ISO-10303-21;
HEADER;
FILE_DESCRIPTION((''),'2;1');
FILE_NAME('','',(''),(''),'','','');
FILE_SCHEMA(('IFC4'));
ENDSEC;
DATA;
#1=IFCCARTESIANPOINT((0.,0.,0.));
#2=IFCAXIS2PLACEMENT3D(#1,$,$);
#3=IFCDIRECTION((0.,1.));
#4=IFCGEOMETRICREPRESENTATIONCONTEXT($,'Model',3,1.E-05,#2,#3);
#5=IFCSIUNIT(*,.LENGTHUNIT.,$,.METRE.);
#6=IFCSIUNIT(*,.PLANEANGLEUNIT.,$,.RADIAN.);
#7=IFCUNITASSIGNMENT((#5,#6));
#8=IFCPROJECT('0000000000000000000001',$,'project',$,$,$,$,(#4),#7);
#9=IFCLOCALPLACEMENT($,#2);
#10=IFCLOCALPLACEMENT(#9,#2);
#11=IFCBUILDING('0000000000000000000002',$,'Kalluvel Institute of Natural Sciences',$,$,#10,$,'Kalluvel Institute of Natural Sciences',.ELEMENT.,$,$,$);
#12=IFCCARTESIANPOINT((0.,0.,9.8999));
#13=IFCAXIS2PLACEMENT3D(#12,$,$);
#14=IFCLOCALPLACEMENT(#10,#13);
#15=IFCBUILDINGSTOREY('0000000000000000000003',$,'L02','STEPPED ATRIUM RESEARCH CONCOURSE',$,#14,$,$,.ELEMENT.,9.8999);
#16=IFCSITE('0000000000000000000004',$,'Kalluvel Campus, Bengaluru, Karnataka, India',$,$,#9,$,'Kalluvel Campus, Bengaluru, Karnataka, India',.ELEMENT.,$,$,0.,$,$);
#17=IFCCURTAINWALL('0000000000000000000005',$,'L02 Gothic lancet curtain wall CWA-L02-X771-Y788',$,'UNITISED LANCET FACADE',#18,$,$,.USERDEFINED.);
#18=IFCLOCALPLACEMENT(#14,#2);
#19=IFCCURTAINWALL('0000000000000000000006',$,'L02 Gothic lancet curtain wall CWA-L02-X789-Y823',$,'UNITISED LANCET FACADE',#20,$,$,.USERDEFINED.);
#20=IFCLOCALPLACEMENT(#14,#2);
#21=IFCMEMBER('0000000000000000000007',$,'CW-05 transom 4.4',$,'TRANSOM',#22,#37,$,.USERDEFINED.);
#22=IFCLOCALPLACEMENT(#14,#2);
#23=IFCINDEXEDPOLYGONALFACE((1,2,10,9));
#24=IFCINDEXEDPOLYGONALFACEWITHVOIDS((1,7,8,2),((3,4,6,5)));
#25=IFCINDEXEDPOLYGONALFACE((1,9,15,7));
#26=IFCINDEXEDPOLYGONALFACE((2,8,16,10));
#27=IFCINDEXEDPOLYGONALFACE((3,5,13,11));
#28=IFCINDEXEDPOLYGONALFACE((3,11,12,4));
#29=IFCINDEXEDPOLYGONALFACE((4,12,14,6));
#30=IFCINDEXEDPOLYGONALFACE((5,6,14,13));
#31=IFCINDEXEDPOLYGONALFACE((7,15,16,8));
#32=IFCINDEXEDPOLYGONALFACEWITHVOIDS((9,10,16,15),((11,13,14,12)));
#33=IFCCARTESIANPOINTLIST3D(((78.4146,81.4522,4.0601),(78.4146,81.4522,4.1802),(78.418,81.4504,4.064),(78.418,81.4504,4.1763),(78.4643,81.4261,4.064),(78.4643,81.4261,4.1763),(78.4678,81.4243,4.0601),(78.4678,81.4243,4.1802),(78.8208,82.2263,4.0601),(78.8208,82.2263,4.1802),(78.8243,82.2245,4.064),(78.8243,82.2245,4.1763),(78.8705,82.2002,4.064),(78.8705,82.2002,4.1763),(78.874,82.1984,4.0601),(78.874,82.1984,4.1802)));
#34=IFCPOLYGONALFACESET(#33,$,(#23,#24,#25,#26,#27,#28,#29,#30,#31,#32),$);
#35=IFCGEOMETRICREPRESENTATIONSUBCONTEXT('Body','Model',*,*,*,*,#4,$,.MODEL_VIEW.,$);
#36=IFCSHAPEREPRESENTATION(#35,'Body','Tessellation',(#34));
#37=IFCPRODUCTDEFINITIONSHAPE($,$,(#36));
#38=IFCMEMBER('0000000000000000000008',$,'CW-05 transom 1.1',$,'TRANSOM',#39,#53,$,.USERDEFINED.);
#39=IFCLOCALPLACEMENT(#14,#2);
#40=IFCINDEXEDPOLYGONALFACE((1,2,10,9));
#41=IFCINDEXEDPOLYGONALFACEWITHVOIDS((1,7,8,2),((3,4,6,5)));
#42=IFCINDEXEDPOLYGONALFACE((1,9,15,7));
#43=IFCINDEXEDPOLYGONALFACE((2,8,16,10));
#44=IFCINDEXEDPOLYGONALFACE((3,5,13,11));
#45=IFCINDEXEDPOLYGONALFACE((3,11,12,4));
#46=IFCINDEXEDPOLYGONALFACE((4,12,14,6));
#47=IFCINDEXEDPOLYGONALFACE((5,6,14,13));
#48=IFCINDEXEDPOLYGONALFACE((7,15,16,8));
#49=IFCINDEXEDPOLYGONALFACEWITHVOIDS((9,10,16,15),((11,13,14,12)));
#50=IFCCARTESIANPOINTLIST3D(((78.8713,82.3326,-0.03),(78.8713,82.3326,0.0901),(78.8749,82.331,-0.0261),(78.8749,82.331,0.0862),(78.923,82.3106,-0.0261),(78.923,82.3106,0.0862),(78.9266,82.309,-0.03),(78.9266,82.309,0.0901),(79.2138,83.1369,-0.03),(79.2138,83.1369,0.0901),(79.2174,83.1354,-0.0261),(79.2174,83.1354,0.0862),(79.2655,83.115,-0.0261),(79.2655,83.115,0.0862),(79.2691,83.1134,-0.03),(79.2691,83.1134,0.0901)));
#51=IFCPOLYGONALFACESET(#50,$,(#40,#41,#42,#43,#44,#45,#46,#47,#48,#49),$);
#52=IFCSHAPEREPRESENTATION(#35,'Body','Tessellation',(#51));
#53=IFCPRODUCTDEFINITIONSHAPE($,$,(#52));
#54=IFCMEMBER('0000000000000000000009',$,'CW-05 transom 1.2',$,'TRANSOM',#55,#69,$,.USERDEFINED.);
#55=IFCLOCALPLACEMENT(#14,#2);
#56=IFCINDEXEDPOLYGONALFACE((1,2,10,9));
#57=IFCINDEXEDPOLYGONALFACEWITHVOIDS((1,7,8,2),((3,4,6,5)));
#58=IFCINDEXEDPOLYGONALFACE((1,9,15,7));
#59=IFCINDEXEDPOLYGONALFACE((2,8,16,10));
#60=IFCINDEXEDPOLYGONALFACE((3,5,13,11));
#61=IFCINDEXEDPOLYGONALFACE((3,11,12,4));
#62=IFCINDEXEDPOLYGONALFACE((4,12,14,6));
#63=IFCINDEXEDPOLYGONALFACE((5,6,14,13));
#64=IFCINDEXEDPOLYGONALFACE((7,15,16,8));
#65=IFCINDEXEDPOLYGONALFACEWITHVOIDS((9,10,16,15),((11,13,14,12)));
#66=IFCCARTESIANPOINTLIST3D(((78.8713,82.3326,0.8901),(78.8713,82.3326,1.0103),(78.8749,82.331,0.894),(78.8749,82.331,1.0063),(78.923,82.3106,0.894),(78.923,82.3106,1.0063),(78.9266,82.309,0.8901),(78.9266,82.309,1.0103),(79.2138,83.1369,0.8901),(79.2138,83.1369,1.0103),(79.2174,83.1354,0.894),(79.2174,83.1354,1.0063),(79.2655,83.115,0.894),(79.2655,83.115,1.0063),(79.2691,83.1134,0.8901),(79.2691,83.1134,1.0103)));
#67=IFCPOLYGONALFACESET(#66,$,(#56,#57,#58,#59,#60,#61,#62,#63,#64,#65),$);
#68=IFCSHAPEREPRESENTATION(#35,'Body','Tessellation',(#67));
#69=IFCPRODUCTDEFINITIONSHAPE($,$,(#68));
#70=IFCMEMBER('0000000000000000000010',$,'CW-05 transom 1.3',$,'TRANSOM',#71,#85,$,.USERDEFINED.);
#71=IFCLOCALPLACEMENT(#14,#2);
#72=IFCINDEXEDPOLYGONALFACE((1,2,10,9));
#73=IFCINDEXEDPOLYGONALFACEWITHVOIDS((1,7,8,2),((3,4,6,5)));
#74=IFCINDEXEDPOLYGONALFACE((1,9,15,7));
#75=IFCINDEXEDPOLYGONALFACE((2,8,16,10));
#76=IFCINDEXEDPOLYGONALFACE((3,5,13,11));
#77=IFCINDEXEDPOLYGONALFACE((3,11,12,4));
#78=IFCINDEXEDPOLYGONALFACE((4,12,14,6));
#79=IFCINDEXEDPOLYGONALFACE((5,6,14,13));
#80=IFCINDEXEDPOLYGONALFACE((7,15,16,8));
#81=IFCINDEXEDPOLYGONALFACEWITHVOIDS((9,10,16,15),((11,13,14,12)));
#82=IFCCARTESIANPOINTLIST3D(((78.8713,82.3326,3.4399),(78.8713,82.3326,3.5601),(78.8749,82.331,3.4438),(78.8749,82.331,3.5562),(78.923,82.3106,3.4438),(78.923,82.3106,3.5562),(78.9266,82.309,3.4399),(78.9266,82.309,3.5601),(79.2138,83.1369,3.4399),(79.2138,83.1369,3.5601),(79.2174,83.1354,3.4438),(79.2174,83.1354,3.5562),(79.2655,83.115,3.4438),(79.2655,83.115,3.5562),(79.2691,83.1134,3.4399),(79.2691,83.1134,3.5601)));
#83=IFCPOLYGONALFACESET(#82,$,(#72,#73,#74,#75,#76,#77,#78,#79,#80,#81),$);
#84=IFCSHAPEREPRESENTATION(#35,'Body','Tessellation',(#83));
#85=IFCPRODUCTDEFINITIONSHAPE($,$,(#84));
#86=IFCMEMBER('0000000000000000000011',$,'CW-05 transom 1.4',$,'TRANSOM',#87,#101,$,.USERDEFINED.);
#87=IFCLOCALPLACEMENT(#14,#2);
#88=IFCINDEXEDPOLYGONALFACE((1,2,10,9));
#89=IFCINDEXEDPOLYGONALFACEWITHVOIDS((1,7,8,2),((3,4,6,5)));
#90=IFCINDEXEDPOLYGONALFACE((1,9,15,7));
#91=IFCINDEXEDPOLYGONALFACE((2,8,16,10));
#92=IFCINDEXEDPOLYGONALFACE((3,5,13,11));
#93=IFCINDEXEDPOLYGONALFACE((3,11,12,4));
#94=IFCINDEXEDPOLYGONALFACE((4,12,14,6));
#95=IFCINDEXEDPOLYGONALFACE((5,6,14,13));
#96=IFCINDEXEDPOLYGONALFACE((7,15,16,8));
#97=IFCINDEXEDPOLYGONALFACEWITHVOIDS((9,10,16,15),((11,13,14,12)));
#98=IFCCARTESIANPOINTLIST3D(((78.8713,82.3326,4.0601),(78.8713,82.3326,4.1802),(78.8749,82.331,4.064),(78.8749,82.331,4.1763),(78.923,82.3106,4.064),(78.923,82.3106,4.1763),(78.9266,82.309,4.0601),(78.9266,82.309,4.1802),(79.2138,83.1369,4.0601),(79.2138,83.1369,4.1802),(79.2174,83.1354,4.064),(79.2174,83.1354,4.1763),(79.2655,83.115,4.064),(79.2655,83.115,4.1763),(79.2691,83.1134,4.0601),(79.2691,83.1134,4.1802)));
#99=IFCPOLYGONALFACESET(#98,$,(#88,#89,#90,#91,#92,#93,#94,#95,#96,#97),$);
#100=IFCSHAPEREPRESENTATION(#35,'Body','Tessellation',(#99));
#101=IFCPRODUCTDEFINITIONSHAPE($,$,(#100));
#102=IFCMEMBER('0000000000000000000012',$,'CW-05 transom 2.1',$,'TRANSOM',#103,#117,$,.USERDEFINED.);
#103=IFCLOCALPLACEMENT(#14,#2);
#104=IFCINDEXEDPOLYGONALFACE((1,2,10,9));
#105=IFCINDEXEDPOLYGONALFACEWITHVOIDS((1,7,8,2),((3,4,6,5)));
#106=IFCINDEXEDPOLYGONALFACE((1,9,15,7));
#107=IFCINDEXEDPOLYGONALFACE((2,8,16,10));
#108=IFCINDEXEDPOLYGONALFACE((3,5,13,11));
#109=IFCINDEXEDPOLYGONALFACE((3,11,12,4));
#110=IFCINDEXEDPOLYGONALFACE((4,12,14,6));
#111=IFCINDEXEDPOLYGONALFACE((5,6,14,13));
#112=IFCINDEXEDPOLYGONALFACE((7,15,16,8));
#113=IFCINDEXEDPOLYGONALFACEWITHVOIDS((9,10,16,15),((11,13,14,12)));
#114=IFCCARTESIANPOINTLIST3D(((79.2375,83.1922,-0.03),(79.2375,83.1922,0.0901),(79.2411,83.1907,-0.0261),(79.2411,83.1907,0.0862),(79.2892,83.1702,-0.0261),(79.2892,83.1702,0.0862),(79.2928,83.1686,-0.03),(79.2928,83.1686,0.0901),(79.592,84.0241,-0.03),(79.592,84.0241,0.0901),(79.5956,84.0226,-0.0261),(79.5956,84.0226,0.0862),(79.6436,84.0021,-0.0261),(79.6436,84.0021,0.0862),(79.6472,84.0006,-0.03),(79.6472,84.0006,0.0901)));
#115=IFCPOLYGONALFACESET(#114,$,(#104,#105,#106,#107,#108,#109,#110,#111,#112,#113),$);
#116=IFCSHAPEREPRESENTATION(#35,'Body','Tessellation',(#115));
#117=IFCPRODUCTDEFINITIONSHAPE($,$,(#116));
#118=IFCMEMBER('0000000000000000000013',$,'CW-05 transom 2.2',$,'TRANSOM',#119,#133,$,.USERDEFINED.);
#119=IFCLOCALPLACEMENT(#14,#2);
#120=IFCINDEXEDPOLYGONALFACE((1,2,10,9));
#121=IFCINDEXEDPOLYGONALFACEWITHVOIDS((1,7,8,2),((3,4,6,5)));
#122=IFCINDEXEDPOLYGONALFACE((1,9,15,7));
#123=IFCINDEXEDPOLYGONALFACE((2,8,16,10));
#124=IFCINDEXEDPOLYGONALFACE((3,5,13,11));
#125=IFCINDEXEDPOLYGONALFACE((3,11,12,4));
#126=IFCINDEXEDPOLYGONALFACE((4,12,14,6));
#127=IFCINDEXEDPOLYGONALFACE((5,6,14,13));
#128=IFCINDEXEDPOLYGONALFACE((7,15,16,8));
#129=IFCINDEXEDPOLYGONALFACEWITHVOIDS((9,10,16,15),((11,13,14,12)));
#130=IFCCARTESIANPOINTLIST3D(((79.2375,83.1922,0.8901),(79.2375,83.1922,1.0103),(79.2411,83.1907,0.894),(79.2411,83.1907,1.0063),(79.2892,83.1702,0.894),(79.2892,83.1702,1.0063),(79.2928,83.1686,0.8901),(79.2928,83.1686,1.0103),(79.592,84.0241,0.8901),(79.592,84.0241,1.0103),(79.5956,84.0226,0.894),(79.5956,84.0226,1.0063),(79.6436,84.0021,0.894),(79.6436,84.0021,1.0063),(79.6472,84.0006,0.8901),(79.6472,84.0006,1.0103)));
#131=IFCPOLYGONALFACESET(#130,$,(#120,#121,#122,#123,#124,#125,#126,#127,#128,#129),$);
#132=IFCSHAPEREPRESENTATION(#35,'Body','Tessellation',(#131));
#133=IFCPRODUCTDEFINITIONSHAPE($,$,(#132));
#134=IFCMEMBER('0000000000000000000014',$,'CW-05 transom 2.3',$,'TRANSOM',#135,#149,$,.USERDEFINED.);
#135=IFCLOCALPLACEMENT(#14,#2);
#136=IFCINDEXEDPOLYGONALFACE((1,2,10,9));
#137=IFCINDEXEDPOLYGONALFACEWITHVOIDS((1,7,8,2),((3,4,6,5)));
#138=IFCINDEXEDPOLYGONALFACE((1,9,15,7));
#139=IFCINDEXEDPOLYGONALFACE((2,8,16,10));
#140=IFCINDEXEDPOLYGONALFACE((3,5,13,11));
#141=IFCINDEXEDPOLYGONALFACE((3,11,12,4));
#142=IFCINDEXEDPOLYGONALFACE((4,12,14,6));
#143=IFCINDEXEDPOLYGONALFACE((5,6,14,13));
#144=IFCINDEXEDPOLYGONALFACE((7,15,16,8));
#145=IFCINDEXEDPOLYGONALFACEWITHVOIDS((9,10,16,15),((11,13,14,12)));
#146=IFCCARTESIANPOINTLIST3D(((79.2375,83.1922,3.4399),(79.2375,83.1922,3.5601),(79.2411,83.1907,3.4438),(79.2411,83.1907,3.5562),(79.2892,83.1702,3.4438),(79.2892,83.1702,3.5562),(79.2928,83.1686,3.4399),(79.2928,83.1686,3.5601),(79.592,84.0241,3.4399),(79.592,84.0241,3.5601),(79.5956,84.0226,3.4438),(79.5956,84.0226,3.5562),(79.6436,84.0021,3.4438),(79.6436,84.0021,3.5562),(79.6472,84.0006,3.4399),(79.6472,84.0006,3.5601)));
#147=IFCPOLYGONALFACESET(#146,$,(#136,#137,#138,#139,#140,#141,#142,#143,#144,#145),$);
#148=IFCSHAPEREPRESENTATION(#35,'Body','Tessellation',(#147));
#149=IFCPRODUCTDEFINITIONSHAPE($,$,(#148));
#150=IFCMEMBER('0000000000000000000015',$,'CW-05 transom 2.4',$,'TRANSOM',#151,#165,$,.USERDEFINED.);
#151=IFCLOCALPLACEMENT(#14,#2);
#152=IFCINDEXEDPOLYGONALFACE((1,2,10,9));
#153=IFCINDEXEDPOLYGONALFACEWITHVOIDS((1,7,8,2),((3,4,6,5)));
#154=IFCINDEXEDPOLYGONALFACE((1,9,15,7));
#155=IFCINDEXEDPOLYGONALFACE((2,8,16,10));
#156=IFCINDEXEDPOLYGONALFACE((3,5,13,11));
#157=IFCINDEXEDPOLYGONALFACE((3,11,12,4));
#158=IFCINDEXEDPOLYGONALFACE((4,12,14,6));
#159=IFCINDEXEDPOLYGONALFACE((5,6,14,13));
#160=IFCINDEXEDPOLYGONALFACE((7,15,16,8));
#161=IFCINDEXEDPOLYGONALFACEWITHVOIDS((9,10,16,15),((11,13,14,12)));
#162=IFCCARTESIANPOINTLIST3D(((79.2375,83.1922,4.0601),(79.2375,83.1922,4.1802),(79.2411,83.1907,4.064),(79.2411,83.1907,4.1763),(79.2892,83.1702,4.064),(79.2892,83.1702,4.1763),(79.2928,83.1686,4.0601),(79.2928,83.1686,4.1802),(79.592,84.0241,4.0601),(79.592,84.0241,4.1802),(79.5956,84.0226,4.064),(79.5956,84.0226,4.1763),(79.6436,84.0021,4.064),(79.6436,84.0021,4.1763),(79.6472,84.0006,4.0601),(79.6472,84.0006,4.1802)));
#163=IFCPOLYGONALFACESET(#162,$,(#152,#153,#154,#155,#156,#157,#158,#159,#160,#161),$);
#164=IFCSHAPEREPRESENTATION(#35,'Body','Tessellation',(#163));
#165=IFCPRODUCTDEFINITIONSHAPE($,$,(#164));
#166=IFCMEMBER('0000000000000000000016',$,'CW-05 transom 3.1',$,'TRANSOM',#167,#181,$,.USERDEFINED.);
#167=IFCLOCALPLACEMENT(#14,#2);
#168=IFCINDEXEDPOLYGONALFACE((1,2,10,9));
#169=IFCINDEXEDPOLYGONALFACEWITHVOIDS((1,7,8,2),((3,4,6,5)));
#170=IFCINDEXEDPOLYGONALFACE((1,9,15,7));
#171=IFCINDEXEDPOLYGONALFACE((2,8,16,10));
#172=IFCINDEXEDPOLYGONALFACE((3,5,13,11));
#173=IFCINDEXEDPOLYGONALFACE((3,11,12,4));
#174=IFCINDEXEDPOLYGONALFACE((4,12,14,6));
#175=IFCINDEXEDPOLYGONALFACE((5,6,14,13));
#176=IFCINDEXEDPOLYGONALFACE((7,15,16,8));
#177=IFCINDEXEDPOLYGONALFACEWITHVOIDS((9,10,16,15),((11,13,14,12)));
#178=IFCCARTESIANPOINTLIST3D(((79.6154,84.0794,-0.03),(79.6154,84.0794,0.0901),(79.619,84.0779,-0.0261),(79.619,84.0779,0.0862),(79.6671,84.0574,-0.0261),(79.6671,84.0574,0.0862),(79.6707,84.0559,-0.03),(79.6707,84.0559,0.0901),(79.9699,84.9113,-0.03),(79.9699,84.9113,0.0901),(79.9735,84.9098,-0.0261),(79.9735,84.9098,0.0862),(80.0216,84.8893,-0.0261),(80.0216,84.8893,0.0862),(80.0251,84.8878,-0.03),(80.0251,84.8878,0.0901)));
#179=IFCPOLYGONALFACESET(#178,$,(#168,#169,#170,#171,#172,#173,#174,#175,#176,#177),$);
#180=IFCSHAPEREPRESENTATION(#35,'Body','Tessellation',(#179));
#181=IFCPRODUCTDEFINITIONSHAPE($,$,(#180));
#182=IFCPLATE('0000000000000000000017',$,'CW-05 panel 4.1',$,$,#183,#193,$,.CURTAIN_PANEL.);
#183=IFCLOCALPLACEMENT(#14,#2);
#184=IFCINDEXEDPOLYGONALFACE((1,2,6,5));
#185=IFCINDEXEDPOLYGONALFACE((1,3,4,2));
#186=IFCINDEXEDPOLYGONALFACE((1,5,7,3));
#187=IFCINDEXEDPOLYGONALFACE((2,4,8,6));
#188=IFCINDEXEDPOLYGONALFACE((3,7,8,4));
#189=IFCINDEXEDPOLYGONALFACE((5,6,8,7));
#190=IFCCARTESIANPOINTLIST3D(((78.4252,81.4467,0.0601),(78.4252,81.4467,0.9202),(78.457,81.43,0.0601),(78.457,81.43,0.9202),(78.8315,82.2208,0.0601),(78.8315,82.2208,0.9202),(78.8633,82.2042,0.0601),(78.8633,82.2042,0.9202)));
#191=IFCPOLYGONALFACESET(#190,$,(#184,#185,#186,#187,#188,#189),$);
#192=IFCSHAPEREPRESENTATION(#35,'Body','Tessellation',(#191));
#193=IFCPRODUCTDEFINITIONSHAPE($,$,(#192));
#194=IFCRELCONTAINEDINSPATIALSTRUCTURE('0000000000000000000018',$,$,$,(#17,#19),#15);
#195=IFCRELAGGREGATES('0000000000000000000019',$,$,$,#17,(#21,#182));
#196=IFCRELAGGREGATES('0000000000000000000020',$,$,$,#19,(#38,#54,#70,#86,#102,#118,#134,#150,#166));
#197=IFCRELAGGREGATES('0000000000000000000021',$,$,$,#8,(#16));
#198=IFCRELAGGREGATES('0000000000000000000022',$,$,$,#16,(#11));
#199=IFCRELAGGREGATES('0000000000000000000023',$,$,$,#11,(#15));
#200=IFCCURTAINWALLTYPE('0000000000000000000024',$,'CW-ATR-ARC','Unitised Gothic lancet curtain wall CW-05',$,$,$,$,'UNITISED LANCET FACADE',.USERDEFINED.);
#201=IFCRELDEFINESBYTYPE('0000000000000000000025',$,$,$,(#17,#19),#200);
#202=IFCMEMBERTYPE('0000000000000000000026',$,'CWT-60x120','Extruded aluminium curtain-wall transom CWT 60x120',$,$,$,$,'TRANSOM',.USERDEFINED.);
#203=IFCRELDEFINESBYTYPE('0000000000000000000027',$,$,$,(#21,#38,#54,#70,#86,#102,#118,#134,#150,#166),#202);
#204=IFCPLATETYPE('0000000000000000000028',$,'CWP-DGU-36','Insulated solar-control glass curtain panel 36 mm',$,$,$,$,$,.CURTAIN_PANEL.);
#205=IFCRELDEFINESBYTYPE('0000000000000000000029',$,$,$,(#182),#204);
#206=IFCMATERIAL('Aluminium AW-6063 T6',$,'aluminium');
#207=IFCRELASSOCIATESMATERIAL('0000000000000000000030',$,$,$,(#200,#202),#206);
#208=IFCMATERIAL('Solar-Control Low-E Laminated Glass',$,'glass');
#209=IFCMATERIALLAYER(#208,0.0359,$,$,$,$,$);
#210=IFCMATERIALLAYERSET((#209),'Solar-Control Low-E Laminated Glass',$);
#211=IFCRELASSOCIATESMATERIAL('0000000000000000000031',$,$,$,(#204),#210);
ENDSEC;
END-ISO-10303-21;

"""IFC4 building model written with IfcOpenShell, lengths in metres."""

from ifc_helpers import new_model, si_unit, direction, frame, origin, origin_2d, place, context, subcontext, project, spatial, rectangle, hollow_rectangle, extrude, material, layer, layer_set, material_profile, profile_set, type_object, element, aggregate, save


model = new_model("IFC4")

# Units and contexts
model_context = context("Model", 3, precision=1e-05, world=origin(), true_north=direction((0.0, 1.0)))
body_context = subcontext(model_context, "Body", "Model", "MODEL_VIEW")
ifc_project = project(units=[si_unit("LENGTHUNIT", "METRE"), si_unit("PLANEANGLEUNIT", "RADIAN")], contexts=[model_context])

# Site, building, storey
site_placement = place(None, origin())
site = spatial("IfcSite", under=ifc_project, at=site_placement, Name="Kalluvel Campus, Bengaluru, Karnataka, India", LongName="Kalluvel Campus, Bengaluru, Karnataka, India", CompositionType="ELEMENT", RefElevation=0.0)
building_placement = place(site_placement, origin())
building = spatial("IfcBuilding", under=site, at=building_placement, Name="Kalluvel Institute of Natural Sciences", LongName="Kalluvel Institute of Natural Sciences", CompositionType="ELEMENT")
storey_placement = place(building_placement, frame((0.0, 0.0, 9.8999)))
storey = spatial("IfcBuildingStorey", under=building, at=storey_placement, Name="L02", Description="STEPPED ATRIUM RESEARCH CONCOURSE", CompositionType="ELEMENT", Elevation=9.8999)

# Curtain wall
ifc_material_1 = material(Name="Aluminium AW-6063 T6", Category="aluminium")
curtain_wall_type = type_object("IfcCurtainWallType", Name="CW-ATR-ARC", Description="Unitised Gothic lancet curtain wall CW-05", ElementType="UNITISED LANCET FACADE", PredefinedType="USERDEFINED", material=ifc_material_1)
curtain_wall_1_placement = place(storey_placement, origin())
curtain_wall_1 = element("IfcCurtainWall", 1, at=curtain_wall_1_placement, inside=storey, type_object=curtain_wall_type, Name="L02 Gothic lancet curtain wall CWA-L02-X771-Y788", ObjectType="UNITISED LANCET FACADE", PredefinedType="USERDEFINED")

# Curtain wall
curtain_wall_2_placement = place(storey_placement, origin())
curtain_wall_2 = element("IfcCurtainWall", 2, at=curtain_wall_2_placement, inside=storey, type_object=curtain_wall_type, Name="L02 Gothic lancet curtain wall CWA-L02-X789-Y823", ObjectType="UNITISED LANCET FACADE", PredefinedType="USERDEFINED")

# Members
ifc_material_profile_1 = material_profile(ifc_material_1, hollow_rectangle(XDim=0.0601, YDim=0.1201, WallThickness=0.0039, at=origin_2d()), Name="CWT 60x120")
ifc_profile_set_1 = profile_set([ifc_material_profile_1], Name="Aluminium AW-6063 T6")
member_type_1 = type_object("IfcMemberType", Name="CWT-60x120", Description="Extruded aluminium curtain-wall transom CWT 60x120", ElementType="TRANSOM", PredefinedType="USERDEFINED", material=ifc_profile_set_1)
member_1_placement = place(storey_placement, frame((78.4412, 81.4382, 4.1201), z_axis=(0.464664, 0.885487, 0.0), x_axis=(-0.885487, 0.464664, 0.0)))
member_1 = element("IfcMember", 3, at=member_1_placement, type_object=member_type_1, Name="CW-05 transom 4.4", ObjectType="TRANSOM", PredefinedType="USERDEFINED", context=body_context, shape_type="SweptSolid", body=[
    extrude(hollow_rectangle(XDim=0.0601, YDim=0.1201, WallThickness=0.0039, at=origin_2d()), origin(), (0.0, 0.0, 1.0), 0.8743),
])
member_2_placement = place(storey_placement, frame((78.8989, 82.3208, 0.03), z_axis=(0.391761, 0.920067, 0.0), x_axis=(-0.920067, 0.391761, 0.0)))
member_2 = element("IfcMember", 4, at=member_2_placement, type_object=member_type_1, Name="CW-05 transom 1.1", ObjectType="TRANSOM", PredefinedType="USERDEFINED", context=body_context, shape_type="SweptSolid", body=[
    extrude(hollow_rectangle(XDim=0.0601, YDim=0.1201, WallThickness=0.0039, at=origin_2d()), origin(), (0.0, 0.0, 1.0), 0.8743),
])
member_3_placement = place(storey_placement, frame((78.8989, 82.3208, 0.9502), z_axis=(0.391761, 0.920067, 0.0), x_axis=(-0.920067, 0.391761, 0.0)))
member_3 = element("IfcMember", 5, at=member_3_placement, type_object=member_type_1, Name="CW-05 transom 1.2", ObjectType="TRANSOM", PredefinedType="USERDEFINED", context=body_context, shape_type="SweptSolid", body=[
    extrude(hollow_rectangle(XDim=0.0601, YDim=0.1201, WallThickness=0.0039, at=origin_2d()), origin(), (0.0, 0.0, 1.0), 0.8743),
])
member_4_placement = place(storey_placement, frame((78.8989, 82.3208, 3.5), z_axis=(0.391761, 0.920067, 0.0), x_axis=(-0.920067, 0.391761, 0.0)))
member_4 = element("IfcMember", 6, at=member_4_placement, type_object=member_type_1, Name="CW-05 transom 1.3", ObjectType="TRANSOM", PredefinedType="USERDEFINED", context=body_context, shape_type="SweptSolid", body=[
    extrude(hollow_rectangle(XDim=0.0601, YDim=0.1201, WallThickness=0.0039, at=origin_2d()), origin(), (0.0, 0.0, 1.0), 0.8743),
])
member_5_placement = place(storey_placement, frame((78.8989, 82.3208, 4.1201), z_axis=(0.391761, 0.920067, 0.0), x_axis=(-0.920067, 0.391761, 0.0)))
member_5 = element("IfcMember", 7, at=member_5_placement, type_object=member_type_1, Name="CW-05 transom 1.4", ObjectType="TRANSOM", PredefinedType="USERDEFINED", context=body_context, shape_type="SweptSolid", body=[
    extrude(hollow_rectangle(XDim=0.0601, YDim=0.1201, WallThickness=0.0039, at=origin_2d()), origin(), (0.0, 0.0, 1.0), 0.8743),
])
member_6_placement = place(storey_placement, frame((79.2651, 83.1804, 0.03), z_axis=(0.391964, 0.919981, 0.0), x_axis=(-0.919981, 0.391964, 0.0)))
member_6 = element("IfcMember", 8, at=member_6_placement, type_object=member_type_1, Name="CW-05 transom 2.1", ObjectType="TRANSOM", PredefinedType="USERDEFINED", context=body_context, shape_type="SweptSolid", body=[
    extrude(hollow_rectangle(XDim=0.0601, YDim=0.1201, WallThickness=0.0039, at=origin_2d()), origin(), (0.0, 0.0, 1.0), 0.9043),
])
member_7_placement = place(storey_placement, frame((79.2651, 83.1804, 0.9502), z_axis=(0.391964, 0.919981, 0.0), x_axis=(-0.919981, 0.391964, 0.0)))
member_7 = element("IfcMember", 9, at=member_7_placement, type_object=member_type_1, Name="CW-05 transom 2.2", ObjectType="TRANSOM", PredefinedType="USERDEFINED", context=body_context, shape_type="SweptSolid", body=[
    extrude(hollow_rectangle(XDim=0.0601, YDim=0.1201, WallThickness=0.0039, at=origin_2d()), origin(), (0.0, 0.0, 1.0), 0.9043),
])
member_8_placement = place(storey_placement, frame((79.2651, 83.1804, 3.5), z_axis=(0.391964, 0.919981, 0.0), x_axis=(-0.919981, 0.391964, 0.0)))
member_8 = element("IfcMember", 10, at=member_8_placement, type_object=member_type_1, Name="CW-05 transom 2.3", ObjectType="TRANSOM", PredefinedType="USERDEFINED", context=body_context, shape_type="SweptSolid", body=[
    extrude(hollow_rectangle(XDim=0.0601, YDim=0.1201, WallThickness=0.0039, at=origin_2d()), origin(), (0.0, 0.0, 1.0), 0.9043),
])
member_9_placement = place(storey_placement, frame((79.2651, 83.1804, 4.1201), z_axis=(0.391964, 0.919981, 0.0), x_axis=(-0.919981, 0.391964, 0.0)))
member_9 = element("IfcMember", 11, at=member_9_placement, type_object=member_type_1, Name="CW-05 transom 2.4", ObjectType="TRANSOM", PredefinedType="USERDEFINED", context=body_context, shape_type="SweptSolid", body=[
    extrude(hollow_rectangle(XDim=0.0601, YDim=0.1201, WallThickness=0.0039, at=origin_2d()), origin(), (0.0, 0.0, 1.0), 0.9043),
])
member_10_placement = place(storey_placement, frame((79.6431, 84.0676, 0.03), z_axis=(0.391964, 0.919981, 0.0), x_axis=(-0.919981, 0.391964, 0.0)))
member_10 = element("IfcMember", 12, at=member_10_placement, type_object=member_type_1, Name="CW-05 transom 3.1", ObjectType="TRANSOM", PredefinedType="USERDEFINED", context=body_context, shape_type="SweptSolid", body=[
    extrude(hollow_rectangle(XDim=0.0601, YDim=0.1201, WallThickness=0.0039, at=origin_2d()), origin(), (0.0, 0.0, 1.0), 0.9043),
])

# Plate
ifc_material_2 = material(Name="Solar-Control Low-E Laminated Glass", Category="glass")
ifc_layer = layer(ifc_material_2, 0.0359)
ifc_layer_set = layer_set([ifc_layer], Name="Solar-Control Low-E Laminated Glass")
plate_type = type_object("IfcPlateType", Name="CWP-DGU-36", Description="Insulated solar-control glass curtain panel 36 mm", PredefinedType="CURTAIN_PANEL", material=ifc_layer_set)
plate_1_placement = place(storey_placement, frame((78.6443, 81.8254, 0.0601), z_axis=(0.0, 0.0, 1.0), x_axis=(0.464734, 0.88545, 0.0)))
plate_1 = element("IfcPlate", 13, at=plate_1_placement, type_object=plate_type, Name="CW-05 panel 4.1", PredefinedType="CURTAIN_PANEL", context=body_context, shape_type="SweptSolid", body=[
    extrude(rectangle(XDim=0.8743, YDim=0.0359, at=origin_2d()), origin(), (0.0, 0.0, 1.0), 0.8601),
])
aggregate(curtain_wall_1, [member_1, plate_1])
aggregate(curtain_wall_2, [member_2, member_3, member_4, member_5, member_6, member_7, member_8, member_9, member_10])

save(model, "model.ifc")
